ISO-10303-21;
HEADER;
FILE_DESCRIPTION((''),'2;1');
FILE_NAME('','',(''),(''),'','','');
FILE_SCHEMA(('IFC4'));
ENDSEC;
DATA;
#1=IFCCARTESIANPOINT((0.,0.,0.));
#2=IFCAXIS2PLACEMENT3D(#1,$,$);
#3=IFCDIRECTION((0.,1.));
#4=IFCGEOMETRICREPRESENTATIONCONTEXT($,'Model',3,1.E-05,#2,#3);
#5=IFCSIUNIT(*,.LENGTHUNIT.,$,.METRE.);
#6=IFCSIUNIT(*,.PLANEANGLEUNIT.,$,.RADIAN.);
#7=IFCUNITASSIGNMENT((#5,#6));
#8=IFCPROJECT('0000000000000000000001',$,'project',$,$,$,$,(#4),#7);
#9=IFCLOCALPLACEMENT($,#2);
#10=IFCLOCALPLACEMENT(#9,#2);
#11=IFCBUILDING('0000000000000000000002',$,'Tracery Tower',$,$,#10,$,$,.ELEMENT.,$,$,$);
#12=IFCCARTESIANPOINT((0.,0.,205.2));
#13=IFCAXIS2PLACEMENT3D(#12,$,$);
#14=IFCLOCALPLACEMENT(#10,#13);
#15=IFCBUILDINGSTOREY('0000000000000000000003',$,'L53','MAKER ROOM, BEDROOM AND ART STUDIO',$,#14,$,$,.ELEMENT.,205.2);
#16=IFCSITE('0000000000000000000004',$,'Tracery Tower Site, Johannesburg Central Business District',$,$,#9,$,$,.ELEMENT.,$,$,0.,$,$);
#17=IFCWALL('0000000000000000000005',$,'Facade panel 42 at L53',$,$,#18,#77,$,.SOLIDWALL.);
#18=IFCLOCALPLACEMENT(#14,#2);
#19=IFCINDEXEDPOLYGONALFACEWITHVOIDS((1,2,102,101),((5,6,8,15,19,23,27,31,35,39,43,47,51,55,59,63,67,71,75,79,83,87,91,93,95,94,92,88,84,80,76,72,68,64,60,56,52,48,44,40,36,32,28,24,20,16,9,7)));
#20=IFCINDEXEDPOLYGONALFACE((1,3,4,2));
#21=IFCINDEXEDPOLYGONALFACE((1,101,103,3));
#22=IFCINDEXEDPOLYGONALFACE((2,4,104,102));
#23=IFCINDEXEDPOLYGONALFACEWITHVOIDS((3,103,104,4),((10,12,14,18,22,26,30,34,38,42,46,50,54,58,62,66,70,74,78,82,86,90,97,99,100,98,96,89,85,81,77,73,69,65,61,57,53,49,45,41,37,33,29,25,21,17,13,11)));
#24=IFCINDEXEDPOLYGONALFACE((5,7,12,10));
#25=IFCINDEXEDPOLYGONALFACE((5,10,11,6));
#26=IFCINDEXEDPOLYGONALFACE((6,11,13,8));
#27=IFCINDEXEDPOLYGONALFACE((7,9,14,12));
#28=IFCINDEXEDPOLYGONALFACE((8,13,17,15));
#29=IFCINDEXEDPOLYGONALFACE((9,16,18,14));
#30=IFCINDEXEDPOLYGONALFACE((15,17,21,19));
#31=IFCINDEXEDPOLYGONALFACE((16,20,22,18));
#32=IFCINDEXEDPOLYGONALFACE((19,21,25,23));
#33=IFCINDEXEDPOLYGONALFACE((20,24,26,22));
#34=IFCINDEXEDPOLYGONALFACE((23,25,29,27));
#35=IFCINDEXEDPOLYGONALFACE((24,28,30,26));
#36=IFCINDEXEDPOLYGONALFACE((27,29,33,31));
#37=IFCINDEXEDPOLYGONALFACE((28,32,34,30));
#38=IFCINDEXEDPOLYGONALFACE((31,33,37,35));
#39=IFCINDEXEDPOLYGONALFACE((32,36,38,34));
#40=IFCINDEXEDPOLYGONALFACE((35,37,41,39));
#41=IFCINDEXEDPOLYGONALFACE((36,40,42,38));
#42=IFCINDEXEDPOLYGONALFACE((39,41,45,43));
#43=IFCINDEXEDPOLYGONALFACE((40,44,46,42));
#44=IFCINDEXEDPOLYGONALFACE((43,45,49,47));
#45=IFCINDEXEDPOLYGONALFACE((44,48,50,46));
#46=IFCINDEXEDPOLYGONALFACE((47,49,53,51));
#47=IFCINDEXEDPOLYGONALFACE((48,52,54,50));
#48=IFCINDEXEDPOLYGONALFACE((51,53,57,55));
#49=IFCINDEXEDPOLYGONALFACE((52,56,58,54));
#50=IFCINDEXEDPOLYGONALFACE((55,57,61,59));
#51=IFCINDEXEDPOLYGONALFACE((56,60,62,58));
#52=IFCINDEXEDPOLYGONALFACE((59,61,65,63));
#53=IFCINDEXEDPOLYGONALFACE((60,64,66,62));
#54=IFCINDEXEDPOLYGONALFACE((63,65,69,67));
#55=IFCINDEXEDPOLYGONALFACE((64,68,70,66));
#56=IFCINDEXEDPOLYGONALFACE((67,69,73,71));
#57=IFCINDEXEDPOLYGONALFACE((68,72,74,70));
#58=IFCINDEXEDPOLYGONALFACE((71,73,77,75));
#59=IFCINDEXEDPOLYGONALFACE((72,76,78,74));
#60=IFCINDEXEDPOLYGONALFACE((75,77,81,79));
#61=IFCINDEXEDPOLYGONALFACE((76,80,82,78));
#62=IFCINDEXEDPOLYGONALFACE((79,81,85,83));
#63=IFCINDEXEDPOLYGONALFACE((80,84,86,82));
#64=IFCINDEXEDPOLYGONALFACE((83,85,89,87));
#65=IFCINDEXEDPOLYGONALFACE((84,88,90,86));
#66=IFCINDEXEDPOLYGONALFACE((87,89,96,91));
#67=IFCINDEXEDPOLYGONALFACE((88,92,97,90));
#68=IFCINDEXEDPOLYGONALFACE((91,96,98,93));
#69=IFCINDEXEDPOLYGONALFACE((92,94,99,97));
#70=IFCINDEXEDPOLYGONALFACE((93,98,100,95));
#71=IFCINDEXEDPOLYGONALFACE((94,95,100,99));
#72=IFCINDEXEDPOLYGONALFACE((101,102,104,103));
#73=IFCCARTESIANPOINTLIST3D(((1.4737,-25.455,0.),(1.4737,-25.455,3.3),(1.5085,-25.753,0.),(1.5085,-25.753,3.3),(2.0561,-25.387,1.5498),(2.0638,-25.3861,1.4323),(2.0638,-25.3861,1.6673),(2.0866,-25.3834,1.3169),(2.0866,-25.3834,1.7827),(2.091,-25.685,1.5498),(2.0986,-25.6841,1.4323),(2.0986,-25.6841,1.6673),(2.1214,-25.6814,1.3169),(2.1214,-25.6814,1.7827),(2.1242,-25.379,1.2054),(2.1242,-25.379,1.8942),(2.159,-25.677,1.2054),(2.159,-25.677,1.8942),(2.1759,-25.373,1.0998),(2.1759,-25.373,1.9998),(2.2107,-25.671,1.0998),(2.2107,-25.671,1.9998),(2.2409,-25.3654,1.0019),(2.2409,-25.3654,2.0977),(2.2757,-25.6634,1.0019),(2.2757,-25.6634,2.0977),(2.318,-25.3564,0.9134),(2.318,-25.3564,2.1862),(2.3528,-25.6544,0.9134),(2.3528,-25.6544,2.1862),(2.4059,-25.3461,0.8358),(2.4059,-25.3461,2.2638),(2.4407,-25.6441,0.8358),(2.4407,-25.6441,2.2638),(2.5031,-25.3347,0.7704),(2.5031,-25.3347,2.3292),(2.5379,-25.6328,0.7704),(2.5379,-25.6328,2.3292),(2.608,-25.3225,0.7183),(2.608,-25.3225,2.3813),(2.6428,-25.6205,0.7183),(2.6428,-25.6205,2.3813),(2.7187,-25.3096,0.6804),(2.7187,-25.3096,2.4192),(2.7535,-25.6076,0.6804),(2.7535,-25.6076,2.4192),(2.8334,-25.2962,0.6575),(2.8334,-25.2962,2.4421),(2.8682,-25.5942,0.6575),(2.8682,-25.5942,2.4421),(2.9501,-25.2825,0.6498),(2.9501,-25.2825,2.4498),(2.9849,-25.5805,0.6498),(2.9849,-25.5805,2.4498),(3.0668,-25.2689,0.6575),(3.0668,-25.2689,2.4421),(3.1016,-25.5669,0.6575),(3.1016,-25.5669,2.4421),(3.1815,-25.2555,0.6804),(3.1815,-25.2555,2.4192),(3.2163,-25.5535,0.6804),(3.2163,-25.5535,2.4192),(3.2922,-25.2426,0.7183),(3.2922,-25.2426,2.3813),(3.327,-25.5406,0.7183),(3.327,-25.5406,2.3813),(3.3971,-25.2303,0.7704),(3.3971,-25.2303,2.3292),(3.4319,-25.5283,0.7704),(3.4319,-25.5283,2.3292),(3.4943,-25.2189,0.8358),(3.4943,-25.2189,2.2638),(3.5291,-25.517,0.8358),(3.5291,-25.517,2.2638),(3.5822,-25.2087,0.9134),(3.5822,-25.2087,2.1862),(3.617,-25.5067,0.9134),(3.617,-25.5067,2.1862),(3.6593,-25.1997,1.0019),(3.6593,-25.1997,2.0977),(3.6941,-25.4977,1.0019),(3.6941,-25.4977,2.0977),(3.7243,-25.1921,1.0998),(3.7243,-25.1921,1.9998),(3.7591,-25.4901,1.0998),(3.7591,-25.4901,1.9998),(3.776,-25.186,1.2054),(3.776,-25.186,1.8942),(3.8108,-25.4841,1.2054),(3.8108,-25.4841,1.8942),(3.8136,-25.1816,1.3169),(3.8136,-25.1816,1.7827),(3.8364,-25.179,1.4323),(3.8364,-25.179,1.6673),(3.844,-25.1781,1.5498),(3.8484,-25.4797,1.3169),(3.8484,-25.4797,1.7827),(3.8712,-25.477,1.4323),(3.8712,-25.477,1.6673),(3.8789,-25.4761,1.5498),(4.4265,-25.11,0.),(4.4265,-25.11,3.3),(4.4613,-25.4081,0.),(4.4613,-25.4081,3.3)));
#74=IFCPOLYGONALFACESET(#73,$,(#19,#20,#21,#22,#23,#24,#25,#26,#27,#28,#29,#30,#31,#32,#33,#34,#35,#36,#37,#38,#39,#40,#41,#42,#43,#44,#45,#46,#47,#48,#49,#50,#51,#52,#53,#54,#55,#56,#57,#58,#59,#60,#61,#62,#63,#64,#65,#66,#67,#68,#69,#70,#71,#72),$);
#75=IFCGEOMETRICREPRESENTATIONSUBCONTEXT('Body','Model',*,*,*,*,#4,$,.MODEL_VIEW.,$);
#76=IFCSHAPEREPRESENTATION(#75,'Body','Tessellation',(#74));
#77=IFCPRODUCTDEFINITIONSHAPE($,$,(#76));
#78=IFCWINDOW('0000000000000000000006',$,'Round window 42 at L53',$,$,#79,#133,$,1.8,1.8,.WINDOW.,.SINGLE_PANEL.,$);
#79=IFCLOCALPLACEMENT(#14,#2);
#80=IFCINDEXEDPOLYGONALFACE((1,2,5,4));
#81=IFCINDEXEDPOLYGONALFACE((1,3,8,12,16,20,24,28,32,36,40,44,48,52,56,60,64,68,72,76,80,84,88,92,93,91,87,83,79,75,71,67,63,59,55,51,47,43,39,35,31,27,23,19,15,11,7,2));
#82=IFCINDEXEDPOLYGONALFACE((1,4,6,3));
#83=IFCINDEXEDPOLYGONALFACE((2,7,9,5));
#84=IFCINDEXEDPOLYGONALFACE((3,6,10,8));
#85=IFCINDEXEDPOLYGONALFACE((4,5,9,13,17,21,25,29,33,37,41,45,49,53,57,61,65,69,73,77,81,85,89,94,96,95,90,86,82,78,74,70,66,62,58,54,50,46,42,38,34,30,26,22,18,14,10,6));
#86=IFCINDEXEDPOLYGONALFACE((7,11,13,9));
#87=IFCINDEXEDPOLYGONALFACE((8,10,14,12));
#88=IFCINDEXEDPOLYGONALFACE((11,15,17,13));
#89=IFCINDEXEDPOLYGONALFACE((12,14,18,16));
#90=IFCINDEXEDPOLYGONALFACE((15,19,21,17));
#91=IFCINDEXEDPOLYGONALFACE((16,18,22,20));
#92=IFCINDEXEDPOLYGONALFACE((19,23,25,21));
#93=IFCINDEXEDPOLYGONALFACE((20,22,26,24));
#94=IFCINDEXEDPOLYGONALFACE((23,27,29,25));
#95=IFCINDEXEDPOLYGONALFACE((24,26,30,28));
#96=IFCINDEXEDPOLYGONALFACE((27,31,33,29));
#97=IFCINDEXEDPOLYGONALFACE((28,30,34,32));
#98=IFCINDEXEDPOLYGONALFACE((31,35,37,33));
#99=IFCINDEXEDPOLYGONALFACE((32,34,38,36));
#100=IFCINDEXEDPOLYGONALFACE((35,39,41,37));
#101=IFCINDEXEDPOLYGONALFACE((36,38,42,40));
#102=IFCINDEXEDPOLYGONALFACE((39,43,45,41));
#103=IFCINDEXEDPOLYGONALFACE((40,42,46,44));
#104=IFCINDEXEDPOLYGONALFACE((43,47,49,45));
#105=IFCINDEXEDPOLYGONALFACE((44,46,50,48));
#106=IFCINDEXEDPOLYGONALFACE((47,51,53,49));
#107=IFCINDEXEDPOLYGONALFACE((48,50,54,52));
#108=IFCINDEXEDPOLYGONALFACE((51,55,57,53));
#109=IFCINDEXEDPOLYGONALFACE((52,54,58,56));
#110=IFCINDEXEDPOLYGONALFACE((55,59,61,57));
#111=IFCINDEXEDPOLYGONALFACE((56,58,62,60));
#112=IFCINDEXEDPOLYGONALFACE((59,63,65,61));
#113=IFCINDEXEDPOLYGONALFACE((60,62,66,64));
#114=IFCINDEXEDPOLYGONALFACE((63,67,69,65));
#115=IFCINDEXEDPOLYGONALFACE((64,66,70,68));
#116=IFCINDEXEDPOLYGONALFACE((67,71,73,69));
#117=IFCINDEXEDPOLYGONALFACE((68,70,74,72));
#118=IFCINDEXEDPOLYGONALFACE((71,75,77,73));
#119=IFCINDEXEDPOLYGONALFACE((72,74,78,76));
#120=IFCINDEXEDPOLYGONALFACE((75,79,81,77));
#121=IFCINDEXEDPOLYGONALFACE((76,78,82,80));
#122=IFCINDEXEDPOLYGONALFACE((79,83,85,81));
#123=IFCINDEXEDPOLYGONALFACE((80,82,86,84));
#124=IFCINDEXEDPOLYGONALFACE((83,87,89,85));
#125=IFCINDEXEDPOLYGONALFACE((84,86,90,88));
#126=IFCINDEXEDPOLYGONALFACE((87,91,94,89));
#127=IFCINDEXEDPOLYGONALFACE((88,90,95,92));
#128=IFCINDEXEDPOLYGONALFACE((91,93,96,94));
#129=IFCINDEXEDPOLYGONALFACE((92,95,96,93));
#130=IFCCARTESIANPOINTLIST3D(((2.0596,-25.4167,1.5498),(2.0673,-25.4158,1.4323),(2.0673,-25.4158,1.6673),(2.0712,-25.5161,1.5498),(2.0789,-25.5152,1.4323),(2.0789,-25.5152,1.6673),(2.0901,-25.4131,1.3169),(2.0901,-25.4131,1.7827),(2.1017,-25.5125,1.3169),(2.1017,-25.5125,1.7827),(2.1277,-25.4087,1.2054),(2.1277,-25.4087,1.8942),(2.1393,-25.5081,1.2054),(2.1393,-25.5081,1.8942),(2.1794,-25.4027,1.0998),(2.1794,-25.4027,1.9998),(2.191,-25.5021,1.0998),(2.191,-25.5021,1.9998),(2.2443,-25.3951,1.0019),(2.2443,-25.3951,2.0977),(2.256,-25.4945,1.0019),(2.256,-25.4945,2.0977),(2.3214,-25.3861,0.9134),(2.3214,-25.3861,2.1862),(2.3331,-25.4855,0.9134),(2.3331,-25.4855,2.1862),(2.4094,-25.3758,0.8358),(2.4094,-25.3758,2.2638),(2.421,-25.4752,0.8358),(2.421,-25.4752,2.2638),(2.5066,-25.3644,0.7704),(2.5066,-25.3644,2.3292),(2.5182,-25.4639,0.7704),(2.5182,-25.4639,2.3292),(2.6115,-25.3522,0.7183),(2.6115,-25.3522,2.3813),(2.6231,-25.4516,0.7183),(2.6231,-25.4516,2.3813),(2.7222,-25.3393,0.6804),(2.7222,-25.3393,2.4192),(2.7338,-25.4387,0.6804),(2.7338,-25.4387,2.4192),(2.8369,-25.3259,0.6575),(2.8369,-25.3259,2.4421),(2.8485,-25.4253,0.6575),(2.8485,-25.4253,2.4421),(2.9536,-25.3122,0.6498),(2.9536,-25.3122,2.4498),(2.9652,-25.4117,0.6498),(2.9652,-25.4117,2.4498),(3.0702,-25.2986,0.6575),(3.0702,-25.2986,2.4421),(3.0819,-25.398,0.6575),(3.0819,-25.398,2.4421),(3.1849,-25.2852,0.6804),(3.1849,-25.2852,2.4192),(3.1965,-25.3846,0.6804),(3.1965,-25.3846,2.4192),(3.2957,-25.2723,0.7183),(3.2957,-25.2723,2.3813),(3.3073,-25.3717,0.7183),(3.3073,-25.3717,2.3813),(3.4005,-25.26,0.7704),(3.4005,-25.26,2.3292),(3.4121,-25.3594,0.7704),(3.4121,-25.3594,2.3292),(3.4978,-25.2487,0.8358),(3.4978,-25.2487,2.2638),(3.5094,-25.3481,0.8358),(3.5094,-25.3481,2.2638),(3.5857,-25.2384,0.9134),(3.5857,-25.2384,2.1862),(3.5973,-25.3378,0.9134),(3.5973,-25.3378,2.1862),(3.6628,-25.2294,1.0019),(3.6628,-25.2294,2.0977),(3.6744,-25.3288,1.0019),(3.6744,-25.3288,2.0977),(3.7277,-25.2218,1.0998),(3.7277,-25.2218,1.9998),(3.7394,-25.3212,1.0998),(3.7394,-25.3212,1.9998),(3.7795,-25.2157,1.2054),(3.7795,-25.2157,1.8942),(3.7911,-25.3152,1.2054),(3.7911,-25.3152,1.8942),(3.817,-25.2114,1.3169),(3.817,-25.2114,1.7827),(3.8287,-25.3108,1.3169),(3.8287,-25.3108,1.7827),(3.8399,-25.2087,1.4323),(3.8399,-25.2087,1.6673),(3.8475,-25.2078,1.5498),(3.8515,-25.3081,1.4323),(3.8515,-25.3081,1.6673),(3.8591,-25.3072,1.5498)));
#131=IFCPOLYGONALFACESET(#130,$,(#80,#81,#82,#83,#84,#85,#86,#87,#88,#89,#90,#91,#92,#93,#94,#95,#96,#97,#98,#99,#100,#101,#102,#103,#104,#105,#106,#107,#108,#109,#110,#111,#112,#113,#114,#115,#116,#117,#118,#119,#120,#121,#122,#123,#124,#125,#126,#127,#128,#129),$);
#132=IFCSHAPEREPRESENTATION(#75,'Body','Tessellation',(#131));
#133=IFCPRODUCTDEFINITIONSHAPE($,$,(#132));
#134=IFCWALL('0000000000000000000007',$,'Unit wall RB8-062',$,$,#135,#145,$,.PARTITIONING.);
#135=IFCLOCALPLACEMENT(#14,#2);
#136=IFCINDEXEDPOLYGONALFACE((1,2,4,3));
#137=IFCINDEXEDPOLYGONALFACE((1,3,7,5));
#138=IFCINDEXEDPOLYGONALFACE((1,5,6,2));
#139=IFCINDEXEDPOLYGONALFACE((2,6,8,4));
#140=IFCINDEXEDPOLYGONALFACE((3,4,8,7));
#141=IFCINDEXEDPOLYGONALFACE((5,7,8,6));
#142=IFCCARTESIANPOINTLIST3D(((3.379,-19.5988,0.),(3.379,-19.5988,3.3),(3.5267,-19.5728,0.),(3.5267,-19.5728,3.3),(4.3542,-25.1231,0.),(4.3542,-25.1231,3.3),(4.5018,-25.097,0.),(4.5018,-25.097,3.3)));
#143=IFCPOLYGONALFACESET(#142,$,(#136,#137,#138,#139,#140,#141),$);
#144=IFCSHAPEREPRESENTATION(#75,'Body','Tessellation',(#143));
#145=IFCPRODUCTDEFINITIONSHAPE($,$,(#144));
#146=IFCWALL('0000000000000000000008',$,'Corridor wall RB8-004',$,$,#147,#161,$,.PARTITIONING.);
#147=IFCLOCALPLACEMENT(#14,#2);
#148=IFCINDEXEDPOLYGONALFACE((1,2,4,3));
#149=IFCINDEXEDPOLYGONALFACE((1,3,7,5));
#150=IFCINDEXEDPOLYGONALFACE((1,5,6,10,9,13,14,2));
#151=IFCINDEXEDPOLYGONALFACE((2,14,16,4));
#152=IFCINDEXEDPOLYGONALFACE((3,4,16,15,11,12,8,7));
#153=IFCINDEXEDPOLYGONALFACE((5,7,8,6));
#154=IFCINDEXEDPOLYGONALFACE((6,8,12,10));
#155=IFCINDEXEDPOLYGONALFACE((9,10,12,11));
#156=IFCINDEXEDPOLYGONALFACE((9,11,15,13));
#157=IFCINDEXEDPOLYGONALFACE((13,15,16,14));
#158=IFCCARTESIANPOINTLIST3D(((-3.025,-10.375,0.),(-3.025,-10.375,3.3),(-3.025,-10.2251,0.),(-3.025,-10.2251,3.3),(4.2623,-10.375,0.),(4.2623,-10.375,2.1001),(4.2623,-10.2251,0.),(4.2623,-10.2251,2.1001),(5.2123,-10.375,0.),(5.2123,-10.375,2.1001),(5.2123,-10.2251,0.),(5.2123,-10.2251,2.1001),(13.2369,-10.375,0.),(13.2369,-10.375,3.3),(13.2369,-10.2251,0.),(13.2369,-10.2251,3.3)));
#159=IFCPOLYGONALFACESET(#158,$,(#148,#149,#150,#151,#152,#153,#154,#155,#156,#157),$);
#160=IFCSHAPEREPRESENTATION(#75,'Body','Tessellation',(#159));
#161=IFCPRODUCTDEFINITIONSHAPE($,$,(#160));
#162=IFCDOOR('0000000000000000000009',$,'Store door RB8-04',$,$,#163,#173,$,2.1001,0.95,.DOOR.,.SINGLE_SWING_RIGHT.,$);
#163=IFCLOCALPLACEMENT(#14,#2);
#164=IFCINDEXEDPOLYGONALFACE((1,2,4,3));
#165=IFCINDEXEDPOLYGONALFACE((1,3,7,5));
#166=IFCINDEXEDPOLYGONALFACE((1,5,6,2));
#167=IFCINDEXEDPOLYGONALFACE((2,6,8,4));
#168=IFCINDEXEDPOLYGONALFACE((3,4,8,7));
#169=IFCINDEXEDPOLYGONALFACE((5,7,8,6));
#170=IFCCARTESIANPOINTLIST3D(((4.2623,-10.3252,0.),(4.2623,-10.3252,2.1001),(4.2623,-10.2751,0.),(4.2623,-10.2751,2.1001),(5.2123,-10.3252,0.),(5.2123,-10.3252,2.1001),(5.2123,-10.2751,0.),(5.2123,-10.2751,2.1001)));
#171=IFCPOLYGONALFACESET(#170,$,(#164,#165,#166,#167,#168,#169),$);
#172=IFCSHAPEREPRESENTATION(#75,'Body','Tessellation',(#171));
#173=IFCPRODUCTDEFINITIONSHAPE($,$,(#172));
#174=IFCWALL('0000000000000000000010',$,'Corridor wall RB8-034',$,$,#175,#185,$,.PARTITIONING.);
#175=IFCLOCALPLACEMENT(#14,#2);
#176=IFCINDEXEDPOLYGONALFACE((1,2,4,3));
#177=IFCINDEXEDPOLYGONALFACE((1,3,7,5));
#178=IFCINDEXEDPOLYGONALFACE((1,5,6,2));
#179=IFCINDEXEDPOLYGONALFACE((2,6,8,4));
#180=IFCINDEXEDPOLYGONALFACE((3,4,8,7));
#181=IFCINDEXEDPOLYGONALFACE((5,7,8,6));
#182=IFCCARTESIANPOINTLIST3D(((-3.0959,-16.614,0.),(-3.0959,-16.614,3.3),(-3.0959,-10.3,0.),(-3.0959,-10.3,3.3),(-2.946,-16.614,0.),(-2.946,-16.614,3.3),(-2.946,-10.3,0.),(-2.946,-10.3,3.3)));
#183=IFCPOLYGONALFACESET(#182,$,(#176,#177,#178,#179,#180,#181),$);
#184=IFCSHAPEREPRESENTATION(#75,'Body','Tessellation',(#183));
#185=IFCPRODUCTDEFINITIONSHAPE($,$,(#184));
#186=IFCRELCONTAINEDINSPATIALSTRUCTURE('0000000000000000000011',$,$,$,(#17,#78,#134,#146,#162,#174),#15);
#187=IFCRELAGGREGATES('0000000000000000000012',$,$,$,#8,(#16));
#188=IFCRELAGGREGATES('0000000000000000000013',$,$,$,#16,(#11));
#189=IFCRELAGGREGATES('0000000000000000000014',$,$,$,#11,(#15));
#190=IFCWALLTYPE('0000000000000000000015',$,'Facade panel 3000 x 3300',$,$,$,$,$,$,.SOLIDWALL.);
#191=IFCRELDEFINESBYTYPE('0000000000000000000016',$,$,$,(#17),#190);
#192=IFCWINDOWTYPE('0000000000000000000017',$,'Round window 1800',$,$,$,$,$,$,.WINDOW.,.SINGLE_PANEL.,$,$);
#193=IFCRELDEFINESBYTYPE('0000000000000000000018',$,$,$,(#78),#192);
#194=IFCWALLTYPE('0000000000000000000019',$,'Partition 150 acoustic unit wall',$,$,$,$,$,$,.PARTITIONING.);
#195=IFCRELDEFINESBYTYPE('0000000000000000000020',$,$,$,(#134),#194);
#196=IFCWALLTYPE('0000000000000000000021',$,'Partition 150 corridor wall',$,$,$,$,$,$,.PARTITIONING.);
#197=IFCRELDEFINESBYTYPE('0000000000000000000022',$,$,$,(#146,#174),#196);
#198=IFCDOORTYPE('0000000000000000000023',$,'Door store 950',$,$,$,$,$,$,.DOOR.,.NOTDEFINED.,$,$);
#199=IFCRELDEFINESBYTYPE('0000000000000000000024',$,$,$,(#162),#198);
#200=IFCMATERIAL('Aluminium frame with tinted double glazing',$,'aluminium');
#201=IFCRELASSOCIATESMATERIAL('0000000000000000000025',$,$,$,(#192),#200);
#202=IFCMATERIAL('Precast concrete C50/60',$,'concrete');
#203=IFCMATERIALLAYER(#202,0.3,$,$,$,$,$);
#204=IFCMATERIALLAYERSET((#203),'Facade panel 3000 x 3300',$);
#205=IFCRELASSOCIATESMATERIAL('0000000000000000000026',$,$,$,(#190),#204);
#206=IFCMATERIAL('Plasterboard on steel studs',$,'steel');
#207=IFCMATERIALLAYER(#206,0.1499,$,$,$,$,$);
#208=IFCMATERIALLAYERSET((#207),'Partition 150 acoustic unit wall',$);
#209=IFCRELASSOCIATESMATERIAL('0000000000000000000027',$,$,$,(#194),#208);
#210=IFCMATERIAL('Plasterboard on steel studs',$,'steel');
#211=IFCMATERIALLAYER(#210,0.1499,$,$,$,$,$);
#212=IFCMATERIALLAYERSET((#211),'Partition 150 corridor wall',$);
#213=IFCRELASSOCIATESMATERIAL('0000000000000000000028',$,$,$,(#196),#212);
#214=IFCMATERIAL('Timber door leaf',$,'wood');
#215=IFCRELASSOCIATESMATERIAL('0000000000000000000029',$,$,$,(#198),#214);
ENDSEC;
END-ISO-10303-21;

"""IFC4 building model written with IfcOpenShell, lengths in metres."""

from ifc_helpers import new_model, si_unit, direction, frame, frame_2d, origin, origin_2d, place, context, subcontext, project, spatial, rectangle, circle, extrude, material, layer, layer_set, type_object, element, fill, save


model = new_model("IFC4")

# Units and contexts
model_context = context("Model", 3, precision=1e-05, world=origin(), true_north=direction((0.0, 1.0)))
body_context = subcontext(model_context, "Body", "Model", "MODEL_VIEW")
ifc_project = project(units=[si_unit("LENGTHUNIT", "METRE"), si_unit("PLANEANGLEUNIT", "RADIAN")], contexts=[model_context])

# Site, building, storey
site_placement = place(None, origin())
site = spatial("IfcSite", under=ifc_project, at=site_placement, Name="Tracery Tower Site, Johannesburg Central Business District", CompositionType="ELEMENT", RefElevation=0.0)
building_placement = place(site_placement, origin())
building = spatial("IfcBuilding", under=site, at=building_placement, Name="Tracery Tower", CompositionType="ELEMENT")
storey_placement = place(building_placement, frame((0.0, 0.0, 205.2)))
storey = spatial("IfcBuildingStorey", under=building, at=storey_placement, Name="L53", Description="MAKER ROOM, BEDROOM AND ART STUDIO", CompositionType="ELEMENT", Elevation=205.2)

# Wall, opening, window
ifc_material_1 = material(Name="Aluminium frame with tinted double glazing", Category="aluminium")
window_type = type_object("IfcWindowType", Name="Round window 1800", PartitioningType="SINGLE_PANEL", PredefinedType="WINDOW", material=ifc_material_1)
ifc_material_2 = material(Name="Precast concrete C50/60", Category="concrete")
ifc_layer_1 = layer(ifc_material_2, 0.3)
ifc_layer_set_1 = layer_set([ifc_layer_1], Name="Facade panel 3000 x 3300")
wall_type_1 = type_object("IfcWallType", Name="Facade panel 3000 x 3300", PredefinedType="SOLIDWALL", material=ifc_layer_set_1)
wall_1_placement = place(storey_placement, frame((1.4912, -25.604, 0.0), z_axis=(0.0, 0.0, 1.0), x_axis=(0.993245, 0.116036, 0.0)))
wall_1 = element("IfcWall", 1, at=wall_1_placement, inside=storey, type_object=wall_type_1, Name="Facade panel 42 at L53", PredefinedType="SOLIDWALL", context=body_context, shape_type="SweptSolid", body=[
    extrude(rectangle(XDim=2.9729, YDim=0.3, at=frame_2d((1.4863, 0.0))), origin(), (0.0, 0.0, 1.0), 3.3),
])
opening_1_placement = place(wall_1_placement, frame((1.4863, 0.0, 1.5498)))
opening_1 = element("IfcOpeningElement", 2, at=opening_1_placement, cuts=wall_1, PredefinedType="OPENING", context=body_context, shape_type="SweptSolid", body=[
    extrude(circle(Radius=0.9, at=origin_2d()), frame((0.0, 0.1599, 0.0), z_axis=(0.0, -1.0, 0.0), x_axis=(1.0, 0.0, 0.0)), (0.0, 0.0, 1.0), 0.3201),
])
window_1_placement = place(opening_1_placement, origin())
window_1 = element("IfcWindow", 3, at=window_1_placement, inside=storey, type_object=window_type, Name="Round window 42 at L53", OverallHeight=1.8, OverallWidth=1.8, PartitioningType="SINGLE_PANEL", PredefinedType="WINDOW", context=body_context, shape_type="SweptSolid", body=[
    extrude(circle(Radius=0.9, at=origin_2d()), frame((0.0, 0.1201, 0.0), z_axis=(0.0, -1.0, 0.0), x_axis=(1.0, 0.0, 0.0)), (0.0, 0.0, 1.0), 0.1001),
])
fill(opening_1, window_1)

# Wall
ifc_material_3 = material(Name="Plasterboard on steel studs", Category="steel")
ifc_layer_2 = layer(ifc_material_3, 0.1499)
ifc_layer_set_2 = layer_set([ifc_layer_2], Name="Partition 150 acoustic unit wall")
wall_type_2 = type_object("IfcWallType", Name="Partition 150 acoustic unit wall", PredefinedType="PARTITIONING", material=ifc_layer_set_2)
wall_2_placement = place(storey_placement, frame((3.4529, -19.5859, 0.0), z_axis=(0.0, 0.0, 1.0), x_axis=(0.173828, -0.984776, 0.0)))
element("IfcWall", 4, at=wall_2_placement, inside=storey, type_object=wall_type_2, Name="Unit wall RB8-062", PredefinedType="PARTITIONING", context=body_context, shape_type="SweptSolid", body=[
    extrude(rectangle(XDim=5.6096, YDim=0.1499, at=frame_2d((2.8047, 0.0))), origin(), (0.0, 0.0, 1.0), 3.3),
])

# Wall, opening, door
ifc_material_4 = material(Name="Plasterboard on steel studs", Category="steel")
ifc_layer_3 = layer(ifc_material_4, 0.1499)
ifc_layer_set_3 = layer_set([ifc_layer_3], Name="Partition 150 corridor wall")
wall_type_3 = type_object("IfcWallType", Name="Partition 150 corridor wall", PredefinedType="PARTITIONING", material=ifc_layer_set_3)
wall_3_placement = place(storey_placement, frame((-3.0249, -10.3, 0.0), z_axis=(0.0, 0.0, 1.0), x_axis=(1.0, 0.0, 0.0)))
wall_3 = element("IfcWall", 5, at=wall_3_placement, inside=storey, type_object=wall_type_3, Name="Corridor wall RB8-004", PredefinedType="PARTITIONING", context=body_context, shape_type="SweptSolid", body=[
    extrude(rectangle(XDim=16.262, YDim=0.1499, at=frame_2d((8.1309, 0.0))), origin(), (0.0, 0.0, 1.0), 3.3),
])
opening_2_placement = place(wall_3_placement, frame((7.2871, 0.0, 0.0)))
opening_2 = element("IfcOpeningElement", 6, at=opening_2_placement, cuts=wall_3, PredefinedType="OPENING", context=body_context, shape_type="SweptSolid", body=[
    extrude(rectangle(XDim=0.95, YDim=2.1001, at=frame_2d((0.4751, 1.05))), frame((0.0, 0.075, 0.0), z_axis=(0.0, -1.0, 0.0), x_axis=(1.0, 0.0, 0.0)), (0.0, 0.0, 1.0), 0.1499),
])
ifc_material_5 = material(Name="Timber door leaf", Category="wood")
door_type_1 = type_object("IfcDoorType", Name="Door store 950", OperationType="NOTDEFINED", PredefinedType="DOOR", material=ifc_material_5)
door_1_placement = place(opening_2_placement, origin())
door_1 = element("IfcDoor", 7, at=door_1_placement, inside=storey, type_object=door_type_1, Name="Store door RB8-04", OperationType="SINGLE_SWING_RIGHT", OverallHeight=2.1001, OverallWidth=0.95, PredefinedType="DOOR", context=body_context, shape_type="SweptSolid", body=[
    extrude(rectangle(XDim=0.95, YDim=2.1001, at=frame_2d((0.4751, 1.05))), frame((0.0, 0.0249, 0.0), z_axis=(0.0, -1.0, 0.0), x_axis=(1.0, 0.0, 0.0)), (0.0, 0.0, 1.0), 0.05),
])
fill(opening_2, door_1)

# Wall
wall_4_placement = place(storey_placement, frame((-3.021, -16.614, 0.0), z_axis=(0.0, 0.0, 1.0), x_axis=(0.0, 1.0, 0.0)))
element("IfcWall", 8, at=wall_4_placement, inside=storey, type_object=wall_type_3, Name="Corridor wall RB8-034", PredefinedType="PARTITIONING", context=body_context, shape_type="SweptSolid", body=[
    extrude(rectangle(XDim=6.314, YDim=0.1499, at=frame_2d((3.157, 0.0))), origin(), (0.0, 0.0, 1.0), 3.3),
])

save(model, "model.ifc")
